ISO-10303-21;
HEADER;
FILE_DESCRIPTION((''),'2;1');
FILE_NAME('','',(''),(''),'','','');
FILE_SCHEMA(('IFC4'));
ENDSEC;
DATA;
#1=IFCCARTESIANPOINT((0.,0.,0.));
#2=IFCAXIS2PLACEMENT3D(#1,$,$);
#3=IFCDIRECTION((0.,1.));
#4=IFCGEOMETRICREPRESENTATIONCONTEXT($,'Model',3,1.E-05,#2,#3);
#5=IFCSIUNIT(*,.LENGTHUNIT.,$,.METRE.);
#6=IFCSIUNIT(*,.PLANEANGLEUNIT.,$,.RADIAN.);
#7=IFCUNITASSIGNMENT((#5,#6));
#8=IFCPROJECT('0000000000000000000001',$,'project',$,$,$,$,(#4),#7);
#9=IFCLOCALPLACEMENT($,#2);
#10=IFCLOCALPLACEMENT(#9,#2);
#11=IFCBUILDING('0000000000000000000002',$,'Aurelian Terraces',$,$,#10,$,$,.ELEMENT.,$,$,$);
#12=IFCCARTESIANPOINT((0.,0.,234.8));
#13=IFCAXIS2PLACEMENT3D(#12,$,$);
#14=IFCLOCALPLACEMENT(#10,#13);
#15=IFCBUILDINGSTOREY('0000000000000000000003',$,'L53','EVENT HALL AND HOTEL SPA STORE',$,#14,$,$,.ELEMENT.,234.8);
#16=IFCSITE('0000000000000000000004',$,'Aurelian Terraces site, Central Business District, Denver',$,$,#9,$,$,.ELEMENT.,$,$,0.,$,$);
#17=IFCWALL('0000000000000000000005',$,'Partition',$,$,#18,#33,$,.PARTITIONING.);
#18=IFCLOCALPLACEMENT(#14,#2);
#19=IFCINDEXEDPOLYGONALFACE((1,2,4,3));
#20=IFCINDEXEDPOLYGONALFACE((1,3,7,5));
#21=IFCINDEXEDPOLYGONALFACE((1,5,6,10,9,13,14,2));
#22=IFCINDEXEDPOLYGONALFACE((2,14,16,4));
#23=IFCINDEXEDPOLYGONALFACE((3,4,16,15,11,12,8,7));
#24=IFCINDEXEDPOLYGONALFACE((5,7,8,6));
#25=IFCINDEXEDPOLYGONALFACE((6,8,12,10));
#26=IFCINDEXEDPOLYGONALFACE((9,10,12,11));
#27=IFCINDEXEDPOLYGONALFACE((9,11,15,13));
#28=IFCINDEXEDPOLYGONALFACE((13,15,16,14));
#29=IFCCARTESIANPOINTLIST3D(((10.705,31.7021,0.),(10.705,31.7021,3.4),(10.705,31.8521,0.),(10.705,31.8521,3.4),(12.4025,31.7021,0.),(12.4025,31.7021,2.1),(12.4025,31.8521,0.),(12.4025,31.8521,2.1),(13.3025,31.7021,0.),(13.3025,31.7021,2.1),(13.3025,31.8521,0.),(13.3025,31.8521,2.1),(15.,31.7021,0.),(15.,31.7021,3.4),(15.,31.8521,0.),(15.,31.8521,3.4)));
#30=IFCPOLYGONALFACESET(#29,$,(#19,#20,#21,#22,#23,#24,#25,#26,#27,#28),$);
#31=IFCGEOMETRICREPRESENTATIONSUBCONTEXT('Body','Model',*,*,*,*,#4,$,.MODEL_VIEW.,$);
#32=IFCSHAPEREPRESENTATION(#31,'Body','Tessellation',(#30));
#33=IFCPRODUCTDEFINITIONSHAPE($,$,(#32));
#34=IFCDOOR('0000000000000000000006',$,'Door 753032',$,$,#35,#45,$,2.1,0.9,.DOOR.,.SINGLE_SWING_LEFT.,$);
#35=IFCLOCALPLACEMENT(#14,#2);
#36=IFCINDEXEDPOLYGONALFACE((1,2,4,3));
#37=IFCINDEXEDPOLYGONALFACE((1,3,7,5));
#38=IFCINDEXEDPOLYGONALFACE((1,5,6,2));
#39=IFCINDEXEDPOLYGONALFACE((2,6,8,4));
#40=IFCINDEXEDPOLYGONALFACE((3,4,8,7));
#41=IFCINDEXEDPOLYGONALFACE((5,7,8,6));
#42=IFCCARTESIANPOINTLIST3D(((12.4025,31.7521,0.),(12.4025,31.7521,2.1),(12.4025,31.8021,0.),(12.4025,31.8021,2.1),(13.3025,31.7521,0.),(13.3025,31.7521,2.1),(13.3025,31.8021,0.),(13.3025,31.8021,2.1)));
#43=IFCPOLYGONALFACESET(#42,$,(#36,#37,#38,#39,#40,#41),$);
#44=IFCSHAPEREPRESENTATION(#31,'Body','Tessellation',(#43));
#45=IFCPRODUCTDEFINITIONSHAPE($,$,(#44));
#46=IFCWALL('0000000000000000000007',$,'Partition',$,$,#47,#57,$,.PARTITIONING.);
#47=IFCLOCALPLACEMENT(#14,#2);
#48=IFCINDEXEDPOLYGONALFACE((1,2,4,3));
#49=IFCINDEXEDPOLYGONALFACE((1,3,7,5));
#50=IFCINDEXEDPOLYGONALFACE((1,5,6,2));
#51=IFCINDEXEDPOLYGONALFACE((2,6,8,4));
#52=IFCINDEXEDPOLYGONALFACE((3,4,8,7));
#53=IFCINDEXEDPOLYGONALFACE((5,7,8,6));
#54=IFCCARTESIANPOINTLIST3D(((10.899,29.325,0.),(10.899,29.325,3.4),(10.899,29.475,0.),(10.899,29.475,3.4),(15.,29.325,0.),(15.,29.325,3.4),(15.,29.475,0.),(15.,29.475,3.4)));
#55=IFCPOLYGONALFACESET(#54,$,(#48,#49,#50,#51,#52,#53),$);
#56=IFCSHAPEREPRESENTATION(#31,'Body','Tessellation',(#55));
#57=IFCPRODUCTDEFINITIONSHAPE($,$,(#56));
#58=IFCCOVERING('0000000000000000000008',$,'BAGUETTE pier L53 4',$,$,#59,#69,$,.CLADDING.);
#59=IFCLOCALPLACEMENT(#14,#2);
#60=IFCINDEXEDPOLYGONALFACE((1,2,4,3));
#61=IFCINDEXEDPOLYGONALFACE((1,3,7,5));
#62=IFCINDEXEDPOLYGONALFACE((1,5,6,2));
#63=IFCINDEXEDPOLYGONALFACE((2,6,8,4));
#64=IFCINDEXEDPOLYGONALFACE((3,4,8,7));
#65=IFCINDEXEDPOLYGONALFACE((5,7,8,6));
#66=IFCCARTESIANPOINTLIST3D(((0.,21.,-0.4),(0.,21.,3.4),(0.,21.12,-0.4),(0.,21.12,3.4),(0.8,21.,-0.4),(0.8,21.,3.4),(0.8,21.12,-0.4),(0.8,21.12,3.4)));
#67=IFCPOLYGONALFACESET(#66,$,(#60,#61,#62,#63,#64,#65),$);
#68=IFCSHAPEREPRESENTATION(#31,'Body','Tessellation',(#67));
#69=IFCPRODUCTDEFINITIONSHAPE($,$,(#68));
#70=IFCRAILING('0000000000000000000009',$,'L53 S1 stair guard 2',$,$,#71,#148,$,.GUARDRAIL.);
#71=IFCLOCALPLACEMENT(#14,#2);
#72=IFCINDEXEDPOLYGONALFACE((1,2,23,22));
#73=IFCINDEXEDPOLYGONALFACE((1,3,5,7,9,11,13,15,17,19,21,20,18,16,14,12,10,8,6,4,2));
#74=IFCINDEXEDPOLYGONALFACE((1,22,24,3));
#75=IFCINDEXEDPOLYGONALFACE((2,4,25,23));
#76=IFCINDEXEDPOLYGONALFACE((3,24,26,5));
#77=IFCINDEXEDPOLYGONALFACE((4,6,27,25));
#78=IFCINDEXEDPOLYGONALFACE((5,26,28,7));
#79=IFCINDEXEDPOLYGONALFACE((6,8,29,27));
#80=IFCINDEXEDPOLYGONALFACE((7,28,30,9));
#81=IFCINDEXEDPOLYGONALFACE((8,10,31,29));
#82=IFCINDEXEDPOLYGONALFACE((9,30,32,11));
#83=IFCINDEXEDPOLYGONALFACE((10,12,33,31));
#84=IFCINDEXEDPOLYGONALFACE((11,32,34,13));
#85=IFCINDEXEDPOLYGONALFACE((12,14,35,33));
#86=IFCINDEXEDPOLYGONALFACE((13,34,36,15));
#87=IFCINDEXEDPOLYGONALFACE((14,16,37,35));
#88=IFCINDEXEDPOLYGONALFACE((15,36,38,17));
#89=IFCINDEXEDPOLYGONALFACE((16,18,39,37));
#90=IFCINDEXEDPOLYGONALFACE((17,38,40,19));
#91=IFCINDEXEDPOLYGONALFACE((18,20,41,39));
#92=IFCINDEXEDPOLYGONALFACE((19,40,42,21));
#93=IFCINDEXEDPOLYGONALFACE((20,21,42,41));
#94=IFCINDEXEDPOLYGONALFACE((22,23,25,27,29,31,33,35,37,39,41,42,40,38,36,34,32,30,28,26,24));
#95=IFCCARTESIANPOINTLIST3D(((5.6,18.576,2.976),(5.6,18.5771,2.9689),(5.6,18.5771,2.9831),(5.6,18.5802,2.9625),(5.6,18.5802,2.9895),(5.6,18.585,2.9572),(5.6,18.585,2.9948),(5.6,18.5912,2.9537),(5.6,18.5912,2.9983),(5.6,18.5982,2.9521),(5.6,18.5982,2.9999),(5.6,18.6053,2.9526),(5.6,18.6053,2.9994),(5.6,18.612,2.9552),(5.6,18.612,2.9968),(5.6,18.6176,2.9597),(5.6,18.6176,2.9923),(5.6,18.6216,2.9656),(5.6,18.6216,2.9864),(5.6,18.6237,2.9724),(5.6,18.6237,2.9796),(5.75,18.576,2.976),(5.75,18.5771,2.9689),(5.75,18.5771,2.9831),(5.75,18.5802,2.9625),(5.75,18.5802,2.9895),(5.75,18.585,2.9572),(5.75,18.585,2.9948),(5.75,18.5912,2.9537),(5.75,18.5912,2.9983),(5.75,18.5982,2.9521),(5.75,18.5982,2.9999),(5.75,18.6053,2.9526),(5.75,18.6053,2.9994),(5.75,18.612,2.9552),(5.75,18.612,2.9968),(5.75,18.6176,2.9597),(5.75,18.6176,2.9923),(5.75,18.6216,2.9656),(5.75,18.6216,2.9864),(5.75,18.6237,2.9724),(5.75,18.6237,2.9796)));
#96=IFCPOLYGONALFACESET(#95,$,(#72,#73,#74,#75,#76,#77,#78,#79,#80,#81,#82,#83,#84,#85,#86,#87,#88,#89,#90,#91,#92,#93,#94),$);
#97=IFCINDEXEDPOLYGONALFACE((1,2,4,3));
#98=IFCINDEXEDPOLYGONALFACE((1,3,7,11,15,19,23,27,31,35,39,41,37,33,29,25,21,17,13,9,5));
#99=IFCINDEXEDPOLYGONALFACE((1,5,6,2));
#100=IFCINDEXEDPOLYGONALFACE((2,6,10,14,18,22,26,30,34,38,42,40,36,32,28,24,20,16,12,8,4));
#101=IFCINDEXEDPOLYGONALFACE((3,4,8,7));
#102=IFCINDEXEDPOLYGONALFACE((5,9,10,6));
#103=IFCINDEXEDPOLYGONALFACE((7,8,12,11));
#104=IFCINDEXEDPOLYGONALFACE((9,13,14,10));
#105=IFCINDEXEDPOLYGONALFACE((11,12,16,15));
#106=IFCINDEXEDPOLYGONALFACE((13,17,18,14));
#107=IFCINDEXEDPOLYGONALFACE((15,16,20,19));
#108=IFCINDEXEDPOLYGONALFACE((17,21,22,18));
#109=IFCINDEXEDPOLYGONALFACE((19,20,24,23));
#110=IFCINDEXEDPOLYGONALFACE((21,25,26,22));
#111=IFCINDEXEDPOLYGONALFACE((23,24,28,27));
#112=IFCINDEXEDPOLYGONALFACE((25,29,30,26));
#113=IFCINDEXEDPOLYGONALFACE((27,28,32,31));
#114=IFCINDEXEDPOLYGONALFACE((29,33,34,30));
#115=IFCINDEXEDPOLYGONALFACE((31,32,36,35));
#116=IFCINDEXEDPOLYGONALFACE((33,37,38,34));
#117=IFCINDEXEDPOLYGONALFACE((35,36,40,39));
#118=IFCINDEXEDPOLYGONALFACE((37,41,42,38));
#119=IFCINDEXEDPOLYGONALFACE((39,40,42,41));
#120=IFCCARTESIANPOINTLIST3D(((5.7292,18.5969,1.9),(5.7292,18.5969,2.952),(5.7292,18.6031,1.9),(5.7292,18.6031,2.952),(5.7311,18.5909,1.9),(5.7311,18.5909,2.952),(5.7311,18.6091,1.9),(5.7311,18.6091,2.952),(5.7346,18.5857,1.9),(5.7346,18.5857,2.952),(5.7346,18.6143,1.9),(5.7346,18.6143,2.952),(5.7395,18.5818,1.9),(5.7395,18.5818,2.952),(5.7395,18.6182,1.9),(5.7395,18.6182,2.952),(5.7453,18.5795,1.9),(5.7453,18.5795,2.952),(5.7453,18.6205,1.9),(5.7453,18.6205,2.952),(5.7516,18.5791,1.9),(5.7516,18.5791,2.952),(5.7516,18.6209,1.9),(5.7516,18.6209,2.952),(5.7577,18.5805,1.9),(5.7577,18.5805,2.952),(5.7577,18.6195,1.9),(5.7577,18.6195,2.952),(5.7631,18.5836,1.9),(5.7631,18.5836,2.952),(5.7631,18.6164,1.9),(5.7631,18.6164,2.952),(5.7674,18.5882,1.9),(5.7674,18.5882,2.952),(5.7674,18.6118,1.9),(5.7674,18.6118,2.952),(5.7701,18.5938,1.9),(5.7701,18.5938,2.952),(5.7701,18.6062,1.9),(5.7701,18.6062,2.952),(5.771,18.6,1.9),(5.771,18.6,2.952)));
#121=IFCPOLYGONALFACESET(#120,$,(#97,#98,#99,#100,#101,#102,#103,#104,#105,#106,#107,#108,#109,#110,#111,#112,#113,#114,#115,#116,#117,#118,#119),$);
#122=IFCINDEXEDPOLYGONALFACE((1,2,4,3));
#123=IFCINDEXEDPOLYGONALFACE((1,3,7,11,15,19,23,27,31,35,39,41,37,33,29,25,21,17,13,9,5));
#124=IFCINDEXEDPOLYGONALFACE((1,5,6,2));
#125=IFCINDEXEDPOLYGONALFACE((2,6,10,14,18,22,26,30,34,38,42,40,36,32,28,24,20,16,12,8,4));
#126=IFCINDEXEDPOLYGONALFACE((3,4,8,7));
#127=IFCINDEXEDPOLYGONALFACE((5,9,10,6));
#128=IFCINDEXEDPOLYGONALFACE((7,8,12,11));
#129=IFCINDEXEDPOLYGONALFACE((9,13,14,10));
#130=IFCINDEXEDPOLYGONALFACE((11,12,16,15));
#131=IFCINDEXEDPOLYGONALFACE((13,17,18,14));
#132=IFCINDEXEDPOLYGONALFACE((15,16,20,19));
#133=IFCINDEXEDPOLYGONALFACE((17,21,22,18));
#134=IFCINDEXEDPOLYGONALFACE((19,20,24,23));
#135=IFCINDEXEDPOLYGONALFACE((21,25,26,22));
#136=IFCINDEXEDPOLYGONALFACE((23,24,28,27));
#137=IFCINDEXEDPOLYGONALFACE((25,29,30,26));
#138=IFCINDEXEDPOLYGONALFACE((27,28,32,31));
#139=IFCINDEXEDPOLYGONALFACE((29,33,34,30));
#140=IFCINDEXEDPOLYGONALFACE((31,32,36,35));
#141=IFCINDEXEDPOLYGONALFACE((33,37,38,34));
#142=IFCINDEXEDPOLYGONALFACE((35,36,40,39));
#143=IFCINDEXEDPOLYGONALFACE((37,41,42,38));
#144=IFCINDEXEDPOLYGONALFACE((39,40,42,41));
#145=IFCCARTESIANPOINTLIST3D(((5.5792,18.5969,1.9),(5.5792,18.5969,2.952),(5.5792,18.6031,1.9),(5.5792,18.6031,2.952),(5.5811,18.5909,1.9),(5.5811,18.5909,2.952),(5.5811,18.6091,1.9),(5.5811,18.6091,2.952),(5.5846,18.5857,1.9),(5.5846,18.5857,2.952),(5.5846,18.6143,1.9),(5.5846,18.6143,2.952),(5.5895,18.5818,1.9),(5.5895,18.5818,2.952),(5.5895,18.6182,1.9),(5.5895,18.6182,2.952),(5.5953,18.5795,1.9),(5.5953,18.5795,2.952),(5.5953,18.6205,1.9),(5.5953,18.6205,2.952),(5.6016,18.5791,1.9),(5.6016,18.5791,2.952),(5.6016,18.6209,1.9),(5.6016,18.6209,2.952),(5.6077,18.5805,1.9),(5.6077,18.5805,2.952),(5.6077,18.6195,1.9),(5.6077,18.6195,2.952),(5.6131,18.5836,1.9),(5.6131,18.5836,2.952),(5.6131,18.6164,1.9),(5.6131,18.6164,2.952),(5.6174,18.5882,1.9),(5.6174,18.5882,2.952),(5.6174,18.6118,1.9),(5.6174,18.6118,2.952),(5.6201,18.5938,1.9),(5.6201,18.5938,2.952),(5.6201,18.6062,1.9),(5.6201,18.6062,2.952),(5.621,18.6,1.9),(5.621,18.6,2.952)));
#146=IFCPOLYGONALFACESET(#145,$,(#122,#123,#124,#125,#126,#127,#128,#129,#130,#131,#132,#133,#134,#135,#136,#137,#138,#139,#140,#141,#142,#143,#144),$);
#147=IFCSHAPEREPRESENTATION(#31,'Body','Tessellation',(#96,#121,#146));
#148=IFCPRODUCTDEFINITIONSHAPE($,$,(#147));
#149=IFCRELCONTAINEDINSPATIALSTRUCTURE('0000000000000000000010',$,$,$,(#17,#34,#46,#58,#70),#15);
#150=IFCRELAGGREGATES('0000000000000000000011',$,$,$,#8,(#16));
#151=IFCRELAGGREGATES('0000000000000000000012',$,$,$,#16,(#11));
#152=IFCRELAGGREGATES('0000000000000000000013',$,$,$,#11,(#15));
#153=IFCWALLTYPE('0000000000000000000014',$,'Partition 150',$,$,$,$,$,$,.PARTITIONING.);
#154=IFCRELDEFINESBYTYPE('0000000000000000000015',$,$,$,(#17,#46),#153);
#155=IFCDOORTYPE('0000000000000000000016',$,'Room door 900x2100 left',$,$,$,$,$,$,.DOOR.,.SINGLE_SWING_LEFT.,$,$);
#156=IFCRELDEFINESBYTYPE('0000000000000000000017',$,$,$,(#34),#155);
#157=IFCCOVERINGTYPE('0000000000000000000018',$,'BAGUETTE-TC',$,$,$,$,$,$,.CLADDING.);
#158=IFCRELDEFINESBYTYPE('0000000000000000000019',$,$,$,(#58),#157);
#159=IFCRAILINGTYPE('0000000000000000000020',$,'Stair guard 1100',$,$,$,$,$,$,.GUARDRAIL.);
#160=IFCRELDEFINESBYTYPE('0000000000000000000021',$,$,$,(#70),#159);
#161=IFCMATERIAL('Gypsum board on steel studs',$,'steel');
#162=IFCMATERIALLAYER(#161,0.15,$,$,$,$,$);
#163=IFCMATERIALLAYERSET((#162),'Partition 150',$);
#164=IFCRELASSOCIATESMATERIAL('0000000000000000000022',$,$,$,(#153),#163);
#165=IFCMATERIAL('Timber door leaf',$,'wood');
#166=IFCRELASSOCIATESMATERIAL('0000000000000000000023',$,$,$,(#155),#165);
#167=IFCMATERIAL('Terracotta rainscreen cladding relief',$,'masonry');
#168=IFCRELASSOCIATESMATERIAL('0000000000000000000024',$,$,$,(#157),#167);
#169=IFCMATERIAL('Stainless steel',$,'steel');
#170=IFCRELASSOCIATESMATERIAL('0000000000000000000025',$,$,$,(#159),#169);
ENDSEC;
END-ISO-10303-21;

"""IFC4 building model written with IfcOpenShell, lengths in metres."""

from ifc_helpers import new_model, si_unit, direction, frame, frame_2d, origin, origin_2d, place, context, subcontext, project, spatial, rectangle, circle, extrude, source, transform, mapped, material, layer, layer_set, type_object, element, fill, save


model = new_model("IFC4")

# Units and contexts
model_context = context("Model", 3, precision=1e-05, world=origin(), true_north=direction((0.0, 1.0)))
body_context = subcontext(model_context, "Body", "Model", "MODEL_VIEW")
ifc_project = project(units=[si_unit("LENGTHUNIT", "METRE"), si_unit("PLANEANGLEUNIT", "RADIAN")], contexts=[model_context])

# Site, building, storey
site_placement = place(None, origin())
site = spatial("IfcSite", under=ifc_project, at=site_placement, Name="Aurelian Terraces site, Central Business District, Denver", CompositionType="ELEMENT", RefElevation=0.0)
building_placement = place(site_placement, origin())
building = spatial("IfcBuilding", under=site, at=building_placement, Name="Aurelian Terraces", CompositionType="ELEMENT")
storey_placement = place(building_placement, frame((0.0, 0.0, 234.8)))
storey = spatial("IfcBuildingStorey", under=building, at=storey_placement, Name="L53", Description="EVENT HALL AND HOTEL SPA STORE", CompositionType="ELEMENT", Elevation=234.8)

# Wall, opening, door
ifc_material_1 = material(Name="Gypsum board on steel studs", Category="steel")
ifc_layer_1 = layer(ifc_material_1, 0.15)
ifc_layer_set_1 = layer_set([ifc_layer_1], Name="Partition 150")
wall_type_1 = type_object("IfcWallType", Name="Partition 150", PredefinedType="PARTITIONING", material=ifc_layer_set_1)
shared_shape_1 = source(origin(), body_context, "Body", "SweptSolid", [
    extrude(rectangle(XDim=4.295, YDim=0.15, at=frame_2d((2.1475, 0.0))), origin(), (0.0, 0.0, 1.0), 3.4),
])
shared_shape_2 = source(origin(), body_context, "Body", "SweptSolid", [
    extrude(rectangle(XDim=0.9, YDim=2.1, at=frame_2d((0.45, 1.05))), frame((0.0, 0.085, 0.0), z_axis=(0.0, -1.0, 0.0), x_axis=(1.0, 0.0, 0.0)), (0.0, 0.0, 1.0), 0.17),
])
ifc_material_2 = material(Name="Timber door leaf", Category="wood")
shared_shape_3 = source(origin(), body_context, "Body", "SweptSolid", [
    extrude(rectangle(XDim=0.9, YDim=2.1, at=frame_2d((0.45, 1.05))), frame((0.0, 0.025, 0.0), z_axis=(0.0, -1.0, 0.0), x_axis=(1.0, 0.0, 0.0)), (0.0, 0.0, 1.0), 0.05),
])
wall_1_placement = place(storey_placement, frame((15.0, 31.7771, 0.0), z_axis=(0.0, 0.0, 1.0), x_axis=(-1.0, 0.0, 0.0)))
wall_1 = element("IfcWall", 1, at=wall_1_placement, inside=storey, type_object=wall_type_1, Name="Partition", PredefinedType="PARTITIONING", context=body_context, shape_type="MappedRepresentation", body=[
    mapped(shared_shape_1, transform((0.0, 0.0, 0.0), scale=1.0)),
])
opening_1_placement = place(wall_1_placement, frame((1.6975, 0.0, 0.0)))
opening_1 = element("IfcOpeningElement", 2, at=opening_1_placement, cuts=wall_1, PredefinedType="OPENING", context=body_context, shape_type="MappedRepresentation", body=[
    mapped(shared_shape_2, transform((0.0, 0.0, 0.0), scale=1.0)),
])
door_type_1 = type_object("IfcDoorType", Name="Room door 900x2100 left", OperationType="SINGLE_SWING_LEFT", PredefinedType="DOOR", material=ifc_material_2)
door_1_placement = place(opening_1_placement, origin())
door_1 = element("IfcDoor", 3, at=door_1_placement, inside=storey, type_object=door_type_1, Name="Door 753032", OperationType="SINGLE_SWING_LEFT", OverallHeight=2.1, OverallWidth=0.9, PredefinedType="DOOR", context=body_context, shape_type="MappedRepresentation", body=[
    mapped(shared_shape_3, transform((0.0, 0.0, 0.0), scale=1.0)),
])
fill(opening_1, door_1)

# Wall
shared_shape_4 = source(origin(), body_context, "Body", "SweptSolid", [
    extrude(rectangle(XDim=4.101, YDim=0.15, at=frame_2d((2.0505, 0.0))), origin(), (0.0, 0.0, 1.0), 3.4),
])
wall_2_placement = place(storey_placement, frame((15.0, 29.4, 0.0), z_axis=(0.0, 0.0, 1.0), x_axis=(-1.0, 0.0, 0.0)))
element("IfcWall", 4, at=wall_2_placement, inside=storey, type_object=wall_type_1, Name="Partition", PredefinedType="PARTITIONING", context=body_context, shape_type="MappedRepresentation", body=[
    mapped(shared_shape_4, transform((0.0, 0.0, 0.0), scale=1.0)),
])

# Covering
ifc_material_3 = material(Name="Terracotta rainscreen cladding relief", Category="masonry")
covering_type = type_object("IfcCoveringType", Name="BAGUETTE-TC", PredefinedType="CLADDING", material=ifc_material_3)
shared_shape_5 = source(origin(), body_context, "Body", "SweptSolid", [
    extrude(rectangle(XDim=0.8, YDim=0.12, at=origin_2d()), origin(), (0.0, 0.0, 1.0), 3.8),
])
covering_placement = place(storey_placement, frame((0.4, 21.06, -0.4), z_axis=(0.0, 0.0, 1.0), x_axis=(1.0, 0.0, 0.0)))
element("IfcCovering", 5, at=covering_placement, inside=storey, type_object=covering_type, Name="BAGUETTE pier L53 4", PredefinedType="CLADDING", context=body_context, shape_type="MappedRepresentation", body=[
    mapped(shared_shape_5, transform((0.0, 0.0, 0.0), scale=1.0)),
])

# Railing
ifc_material_4 = material(Name="Stainless steel", Category="steel")
railing_type = type_object("IfcRailingType", Name="Stair guard 1100", PredefinedType="GUARDRAIL", material=ifc_material_4)
shared_shape_6 = source(origin(), body_context, "Body", "SweptSolid", [
    extrude(circle(Radius=0.024, at=origin_2d()), frame((0.0, 0.0, 1.076), z_axis=(-1.0, 0.0, 0.0), x_axis=(0.0, -1.0, 0.0)), (0.0, 0.0, 1.0), 0.15),
    extrude(circle(Radius=0.021, at=origin_2d()), origin(), (0.0, 0.0, 1.0), 1.052),
    extrude(circle(Radius=0.021, at=origin_2d()), frame((-0.15, 0.0, 0.0)), (0.0, 0.0, 1.0), 1.052),
])
railing_placement = place(storey_placement, frame((5.75, 18.6, 1.9)))
element("IfcRailing", 6, at=railing_placement, inside=storey, type_object=railing_type, Name="L53 S1 stair guard 2", PredefinedType="GUARDRAIL", context=body_context, shape_type="MappedRepresentation", body=[
    mapped(shared_shape_6, transform((0.0, 0.0, 0.0), scale=1.0)),
])

save(model, "model.ifc")
